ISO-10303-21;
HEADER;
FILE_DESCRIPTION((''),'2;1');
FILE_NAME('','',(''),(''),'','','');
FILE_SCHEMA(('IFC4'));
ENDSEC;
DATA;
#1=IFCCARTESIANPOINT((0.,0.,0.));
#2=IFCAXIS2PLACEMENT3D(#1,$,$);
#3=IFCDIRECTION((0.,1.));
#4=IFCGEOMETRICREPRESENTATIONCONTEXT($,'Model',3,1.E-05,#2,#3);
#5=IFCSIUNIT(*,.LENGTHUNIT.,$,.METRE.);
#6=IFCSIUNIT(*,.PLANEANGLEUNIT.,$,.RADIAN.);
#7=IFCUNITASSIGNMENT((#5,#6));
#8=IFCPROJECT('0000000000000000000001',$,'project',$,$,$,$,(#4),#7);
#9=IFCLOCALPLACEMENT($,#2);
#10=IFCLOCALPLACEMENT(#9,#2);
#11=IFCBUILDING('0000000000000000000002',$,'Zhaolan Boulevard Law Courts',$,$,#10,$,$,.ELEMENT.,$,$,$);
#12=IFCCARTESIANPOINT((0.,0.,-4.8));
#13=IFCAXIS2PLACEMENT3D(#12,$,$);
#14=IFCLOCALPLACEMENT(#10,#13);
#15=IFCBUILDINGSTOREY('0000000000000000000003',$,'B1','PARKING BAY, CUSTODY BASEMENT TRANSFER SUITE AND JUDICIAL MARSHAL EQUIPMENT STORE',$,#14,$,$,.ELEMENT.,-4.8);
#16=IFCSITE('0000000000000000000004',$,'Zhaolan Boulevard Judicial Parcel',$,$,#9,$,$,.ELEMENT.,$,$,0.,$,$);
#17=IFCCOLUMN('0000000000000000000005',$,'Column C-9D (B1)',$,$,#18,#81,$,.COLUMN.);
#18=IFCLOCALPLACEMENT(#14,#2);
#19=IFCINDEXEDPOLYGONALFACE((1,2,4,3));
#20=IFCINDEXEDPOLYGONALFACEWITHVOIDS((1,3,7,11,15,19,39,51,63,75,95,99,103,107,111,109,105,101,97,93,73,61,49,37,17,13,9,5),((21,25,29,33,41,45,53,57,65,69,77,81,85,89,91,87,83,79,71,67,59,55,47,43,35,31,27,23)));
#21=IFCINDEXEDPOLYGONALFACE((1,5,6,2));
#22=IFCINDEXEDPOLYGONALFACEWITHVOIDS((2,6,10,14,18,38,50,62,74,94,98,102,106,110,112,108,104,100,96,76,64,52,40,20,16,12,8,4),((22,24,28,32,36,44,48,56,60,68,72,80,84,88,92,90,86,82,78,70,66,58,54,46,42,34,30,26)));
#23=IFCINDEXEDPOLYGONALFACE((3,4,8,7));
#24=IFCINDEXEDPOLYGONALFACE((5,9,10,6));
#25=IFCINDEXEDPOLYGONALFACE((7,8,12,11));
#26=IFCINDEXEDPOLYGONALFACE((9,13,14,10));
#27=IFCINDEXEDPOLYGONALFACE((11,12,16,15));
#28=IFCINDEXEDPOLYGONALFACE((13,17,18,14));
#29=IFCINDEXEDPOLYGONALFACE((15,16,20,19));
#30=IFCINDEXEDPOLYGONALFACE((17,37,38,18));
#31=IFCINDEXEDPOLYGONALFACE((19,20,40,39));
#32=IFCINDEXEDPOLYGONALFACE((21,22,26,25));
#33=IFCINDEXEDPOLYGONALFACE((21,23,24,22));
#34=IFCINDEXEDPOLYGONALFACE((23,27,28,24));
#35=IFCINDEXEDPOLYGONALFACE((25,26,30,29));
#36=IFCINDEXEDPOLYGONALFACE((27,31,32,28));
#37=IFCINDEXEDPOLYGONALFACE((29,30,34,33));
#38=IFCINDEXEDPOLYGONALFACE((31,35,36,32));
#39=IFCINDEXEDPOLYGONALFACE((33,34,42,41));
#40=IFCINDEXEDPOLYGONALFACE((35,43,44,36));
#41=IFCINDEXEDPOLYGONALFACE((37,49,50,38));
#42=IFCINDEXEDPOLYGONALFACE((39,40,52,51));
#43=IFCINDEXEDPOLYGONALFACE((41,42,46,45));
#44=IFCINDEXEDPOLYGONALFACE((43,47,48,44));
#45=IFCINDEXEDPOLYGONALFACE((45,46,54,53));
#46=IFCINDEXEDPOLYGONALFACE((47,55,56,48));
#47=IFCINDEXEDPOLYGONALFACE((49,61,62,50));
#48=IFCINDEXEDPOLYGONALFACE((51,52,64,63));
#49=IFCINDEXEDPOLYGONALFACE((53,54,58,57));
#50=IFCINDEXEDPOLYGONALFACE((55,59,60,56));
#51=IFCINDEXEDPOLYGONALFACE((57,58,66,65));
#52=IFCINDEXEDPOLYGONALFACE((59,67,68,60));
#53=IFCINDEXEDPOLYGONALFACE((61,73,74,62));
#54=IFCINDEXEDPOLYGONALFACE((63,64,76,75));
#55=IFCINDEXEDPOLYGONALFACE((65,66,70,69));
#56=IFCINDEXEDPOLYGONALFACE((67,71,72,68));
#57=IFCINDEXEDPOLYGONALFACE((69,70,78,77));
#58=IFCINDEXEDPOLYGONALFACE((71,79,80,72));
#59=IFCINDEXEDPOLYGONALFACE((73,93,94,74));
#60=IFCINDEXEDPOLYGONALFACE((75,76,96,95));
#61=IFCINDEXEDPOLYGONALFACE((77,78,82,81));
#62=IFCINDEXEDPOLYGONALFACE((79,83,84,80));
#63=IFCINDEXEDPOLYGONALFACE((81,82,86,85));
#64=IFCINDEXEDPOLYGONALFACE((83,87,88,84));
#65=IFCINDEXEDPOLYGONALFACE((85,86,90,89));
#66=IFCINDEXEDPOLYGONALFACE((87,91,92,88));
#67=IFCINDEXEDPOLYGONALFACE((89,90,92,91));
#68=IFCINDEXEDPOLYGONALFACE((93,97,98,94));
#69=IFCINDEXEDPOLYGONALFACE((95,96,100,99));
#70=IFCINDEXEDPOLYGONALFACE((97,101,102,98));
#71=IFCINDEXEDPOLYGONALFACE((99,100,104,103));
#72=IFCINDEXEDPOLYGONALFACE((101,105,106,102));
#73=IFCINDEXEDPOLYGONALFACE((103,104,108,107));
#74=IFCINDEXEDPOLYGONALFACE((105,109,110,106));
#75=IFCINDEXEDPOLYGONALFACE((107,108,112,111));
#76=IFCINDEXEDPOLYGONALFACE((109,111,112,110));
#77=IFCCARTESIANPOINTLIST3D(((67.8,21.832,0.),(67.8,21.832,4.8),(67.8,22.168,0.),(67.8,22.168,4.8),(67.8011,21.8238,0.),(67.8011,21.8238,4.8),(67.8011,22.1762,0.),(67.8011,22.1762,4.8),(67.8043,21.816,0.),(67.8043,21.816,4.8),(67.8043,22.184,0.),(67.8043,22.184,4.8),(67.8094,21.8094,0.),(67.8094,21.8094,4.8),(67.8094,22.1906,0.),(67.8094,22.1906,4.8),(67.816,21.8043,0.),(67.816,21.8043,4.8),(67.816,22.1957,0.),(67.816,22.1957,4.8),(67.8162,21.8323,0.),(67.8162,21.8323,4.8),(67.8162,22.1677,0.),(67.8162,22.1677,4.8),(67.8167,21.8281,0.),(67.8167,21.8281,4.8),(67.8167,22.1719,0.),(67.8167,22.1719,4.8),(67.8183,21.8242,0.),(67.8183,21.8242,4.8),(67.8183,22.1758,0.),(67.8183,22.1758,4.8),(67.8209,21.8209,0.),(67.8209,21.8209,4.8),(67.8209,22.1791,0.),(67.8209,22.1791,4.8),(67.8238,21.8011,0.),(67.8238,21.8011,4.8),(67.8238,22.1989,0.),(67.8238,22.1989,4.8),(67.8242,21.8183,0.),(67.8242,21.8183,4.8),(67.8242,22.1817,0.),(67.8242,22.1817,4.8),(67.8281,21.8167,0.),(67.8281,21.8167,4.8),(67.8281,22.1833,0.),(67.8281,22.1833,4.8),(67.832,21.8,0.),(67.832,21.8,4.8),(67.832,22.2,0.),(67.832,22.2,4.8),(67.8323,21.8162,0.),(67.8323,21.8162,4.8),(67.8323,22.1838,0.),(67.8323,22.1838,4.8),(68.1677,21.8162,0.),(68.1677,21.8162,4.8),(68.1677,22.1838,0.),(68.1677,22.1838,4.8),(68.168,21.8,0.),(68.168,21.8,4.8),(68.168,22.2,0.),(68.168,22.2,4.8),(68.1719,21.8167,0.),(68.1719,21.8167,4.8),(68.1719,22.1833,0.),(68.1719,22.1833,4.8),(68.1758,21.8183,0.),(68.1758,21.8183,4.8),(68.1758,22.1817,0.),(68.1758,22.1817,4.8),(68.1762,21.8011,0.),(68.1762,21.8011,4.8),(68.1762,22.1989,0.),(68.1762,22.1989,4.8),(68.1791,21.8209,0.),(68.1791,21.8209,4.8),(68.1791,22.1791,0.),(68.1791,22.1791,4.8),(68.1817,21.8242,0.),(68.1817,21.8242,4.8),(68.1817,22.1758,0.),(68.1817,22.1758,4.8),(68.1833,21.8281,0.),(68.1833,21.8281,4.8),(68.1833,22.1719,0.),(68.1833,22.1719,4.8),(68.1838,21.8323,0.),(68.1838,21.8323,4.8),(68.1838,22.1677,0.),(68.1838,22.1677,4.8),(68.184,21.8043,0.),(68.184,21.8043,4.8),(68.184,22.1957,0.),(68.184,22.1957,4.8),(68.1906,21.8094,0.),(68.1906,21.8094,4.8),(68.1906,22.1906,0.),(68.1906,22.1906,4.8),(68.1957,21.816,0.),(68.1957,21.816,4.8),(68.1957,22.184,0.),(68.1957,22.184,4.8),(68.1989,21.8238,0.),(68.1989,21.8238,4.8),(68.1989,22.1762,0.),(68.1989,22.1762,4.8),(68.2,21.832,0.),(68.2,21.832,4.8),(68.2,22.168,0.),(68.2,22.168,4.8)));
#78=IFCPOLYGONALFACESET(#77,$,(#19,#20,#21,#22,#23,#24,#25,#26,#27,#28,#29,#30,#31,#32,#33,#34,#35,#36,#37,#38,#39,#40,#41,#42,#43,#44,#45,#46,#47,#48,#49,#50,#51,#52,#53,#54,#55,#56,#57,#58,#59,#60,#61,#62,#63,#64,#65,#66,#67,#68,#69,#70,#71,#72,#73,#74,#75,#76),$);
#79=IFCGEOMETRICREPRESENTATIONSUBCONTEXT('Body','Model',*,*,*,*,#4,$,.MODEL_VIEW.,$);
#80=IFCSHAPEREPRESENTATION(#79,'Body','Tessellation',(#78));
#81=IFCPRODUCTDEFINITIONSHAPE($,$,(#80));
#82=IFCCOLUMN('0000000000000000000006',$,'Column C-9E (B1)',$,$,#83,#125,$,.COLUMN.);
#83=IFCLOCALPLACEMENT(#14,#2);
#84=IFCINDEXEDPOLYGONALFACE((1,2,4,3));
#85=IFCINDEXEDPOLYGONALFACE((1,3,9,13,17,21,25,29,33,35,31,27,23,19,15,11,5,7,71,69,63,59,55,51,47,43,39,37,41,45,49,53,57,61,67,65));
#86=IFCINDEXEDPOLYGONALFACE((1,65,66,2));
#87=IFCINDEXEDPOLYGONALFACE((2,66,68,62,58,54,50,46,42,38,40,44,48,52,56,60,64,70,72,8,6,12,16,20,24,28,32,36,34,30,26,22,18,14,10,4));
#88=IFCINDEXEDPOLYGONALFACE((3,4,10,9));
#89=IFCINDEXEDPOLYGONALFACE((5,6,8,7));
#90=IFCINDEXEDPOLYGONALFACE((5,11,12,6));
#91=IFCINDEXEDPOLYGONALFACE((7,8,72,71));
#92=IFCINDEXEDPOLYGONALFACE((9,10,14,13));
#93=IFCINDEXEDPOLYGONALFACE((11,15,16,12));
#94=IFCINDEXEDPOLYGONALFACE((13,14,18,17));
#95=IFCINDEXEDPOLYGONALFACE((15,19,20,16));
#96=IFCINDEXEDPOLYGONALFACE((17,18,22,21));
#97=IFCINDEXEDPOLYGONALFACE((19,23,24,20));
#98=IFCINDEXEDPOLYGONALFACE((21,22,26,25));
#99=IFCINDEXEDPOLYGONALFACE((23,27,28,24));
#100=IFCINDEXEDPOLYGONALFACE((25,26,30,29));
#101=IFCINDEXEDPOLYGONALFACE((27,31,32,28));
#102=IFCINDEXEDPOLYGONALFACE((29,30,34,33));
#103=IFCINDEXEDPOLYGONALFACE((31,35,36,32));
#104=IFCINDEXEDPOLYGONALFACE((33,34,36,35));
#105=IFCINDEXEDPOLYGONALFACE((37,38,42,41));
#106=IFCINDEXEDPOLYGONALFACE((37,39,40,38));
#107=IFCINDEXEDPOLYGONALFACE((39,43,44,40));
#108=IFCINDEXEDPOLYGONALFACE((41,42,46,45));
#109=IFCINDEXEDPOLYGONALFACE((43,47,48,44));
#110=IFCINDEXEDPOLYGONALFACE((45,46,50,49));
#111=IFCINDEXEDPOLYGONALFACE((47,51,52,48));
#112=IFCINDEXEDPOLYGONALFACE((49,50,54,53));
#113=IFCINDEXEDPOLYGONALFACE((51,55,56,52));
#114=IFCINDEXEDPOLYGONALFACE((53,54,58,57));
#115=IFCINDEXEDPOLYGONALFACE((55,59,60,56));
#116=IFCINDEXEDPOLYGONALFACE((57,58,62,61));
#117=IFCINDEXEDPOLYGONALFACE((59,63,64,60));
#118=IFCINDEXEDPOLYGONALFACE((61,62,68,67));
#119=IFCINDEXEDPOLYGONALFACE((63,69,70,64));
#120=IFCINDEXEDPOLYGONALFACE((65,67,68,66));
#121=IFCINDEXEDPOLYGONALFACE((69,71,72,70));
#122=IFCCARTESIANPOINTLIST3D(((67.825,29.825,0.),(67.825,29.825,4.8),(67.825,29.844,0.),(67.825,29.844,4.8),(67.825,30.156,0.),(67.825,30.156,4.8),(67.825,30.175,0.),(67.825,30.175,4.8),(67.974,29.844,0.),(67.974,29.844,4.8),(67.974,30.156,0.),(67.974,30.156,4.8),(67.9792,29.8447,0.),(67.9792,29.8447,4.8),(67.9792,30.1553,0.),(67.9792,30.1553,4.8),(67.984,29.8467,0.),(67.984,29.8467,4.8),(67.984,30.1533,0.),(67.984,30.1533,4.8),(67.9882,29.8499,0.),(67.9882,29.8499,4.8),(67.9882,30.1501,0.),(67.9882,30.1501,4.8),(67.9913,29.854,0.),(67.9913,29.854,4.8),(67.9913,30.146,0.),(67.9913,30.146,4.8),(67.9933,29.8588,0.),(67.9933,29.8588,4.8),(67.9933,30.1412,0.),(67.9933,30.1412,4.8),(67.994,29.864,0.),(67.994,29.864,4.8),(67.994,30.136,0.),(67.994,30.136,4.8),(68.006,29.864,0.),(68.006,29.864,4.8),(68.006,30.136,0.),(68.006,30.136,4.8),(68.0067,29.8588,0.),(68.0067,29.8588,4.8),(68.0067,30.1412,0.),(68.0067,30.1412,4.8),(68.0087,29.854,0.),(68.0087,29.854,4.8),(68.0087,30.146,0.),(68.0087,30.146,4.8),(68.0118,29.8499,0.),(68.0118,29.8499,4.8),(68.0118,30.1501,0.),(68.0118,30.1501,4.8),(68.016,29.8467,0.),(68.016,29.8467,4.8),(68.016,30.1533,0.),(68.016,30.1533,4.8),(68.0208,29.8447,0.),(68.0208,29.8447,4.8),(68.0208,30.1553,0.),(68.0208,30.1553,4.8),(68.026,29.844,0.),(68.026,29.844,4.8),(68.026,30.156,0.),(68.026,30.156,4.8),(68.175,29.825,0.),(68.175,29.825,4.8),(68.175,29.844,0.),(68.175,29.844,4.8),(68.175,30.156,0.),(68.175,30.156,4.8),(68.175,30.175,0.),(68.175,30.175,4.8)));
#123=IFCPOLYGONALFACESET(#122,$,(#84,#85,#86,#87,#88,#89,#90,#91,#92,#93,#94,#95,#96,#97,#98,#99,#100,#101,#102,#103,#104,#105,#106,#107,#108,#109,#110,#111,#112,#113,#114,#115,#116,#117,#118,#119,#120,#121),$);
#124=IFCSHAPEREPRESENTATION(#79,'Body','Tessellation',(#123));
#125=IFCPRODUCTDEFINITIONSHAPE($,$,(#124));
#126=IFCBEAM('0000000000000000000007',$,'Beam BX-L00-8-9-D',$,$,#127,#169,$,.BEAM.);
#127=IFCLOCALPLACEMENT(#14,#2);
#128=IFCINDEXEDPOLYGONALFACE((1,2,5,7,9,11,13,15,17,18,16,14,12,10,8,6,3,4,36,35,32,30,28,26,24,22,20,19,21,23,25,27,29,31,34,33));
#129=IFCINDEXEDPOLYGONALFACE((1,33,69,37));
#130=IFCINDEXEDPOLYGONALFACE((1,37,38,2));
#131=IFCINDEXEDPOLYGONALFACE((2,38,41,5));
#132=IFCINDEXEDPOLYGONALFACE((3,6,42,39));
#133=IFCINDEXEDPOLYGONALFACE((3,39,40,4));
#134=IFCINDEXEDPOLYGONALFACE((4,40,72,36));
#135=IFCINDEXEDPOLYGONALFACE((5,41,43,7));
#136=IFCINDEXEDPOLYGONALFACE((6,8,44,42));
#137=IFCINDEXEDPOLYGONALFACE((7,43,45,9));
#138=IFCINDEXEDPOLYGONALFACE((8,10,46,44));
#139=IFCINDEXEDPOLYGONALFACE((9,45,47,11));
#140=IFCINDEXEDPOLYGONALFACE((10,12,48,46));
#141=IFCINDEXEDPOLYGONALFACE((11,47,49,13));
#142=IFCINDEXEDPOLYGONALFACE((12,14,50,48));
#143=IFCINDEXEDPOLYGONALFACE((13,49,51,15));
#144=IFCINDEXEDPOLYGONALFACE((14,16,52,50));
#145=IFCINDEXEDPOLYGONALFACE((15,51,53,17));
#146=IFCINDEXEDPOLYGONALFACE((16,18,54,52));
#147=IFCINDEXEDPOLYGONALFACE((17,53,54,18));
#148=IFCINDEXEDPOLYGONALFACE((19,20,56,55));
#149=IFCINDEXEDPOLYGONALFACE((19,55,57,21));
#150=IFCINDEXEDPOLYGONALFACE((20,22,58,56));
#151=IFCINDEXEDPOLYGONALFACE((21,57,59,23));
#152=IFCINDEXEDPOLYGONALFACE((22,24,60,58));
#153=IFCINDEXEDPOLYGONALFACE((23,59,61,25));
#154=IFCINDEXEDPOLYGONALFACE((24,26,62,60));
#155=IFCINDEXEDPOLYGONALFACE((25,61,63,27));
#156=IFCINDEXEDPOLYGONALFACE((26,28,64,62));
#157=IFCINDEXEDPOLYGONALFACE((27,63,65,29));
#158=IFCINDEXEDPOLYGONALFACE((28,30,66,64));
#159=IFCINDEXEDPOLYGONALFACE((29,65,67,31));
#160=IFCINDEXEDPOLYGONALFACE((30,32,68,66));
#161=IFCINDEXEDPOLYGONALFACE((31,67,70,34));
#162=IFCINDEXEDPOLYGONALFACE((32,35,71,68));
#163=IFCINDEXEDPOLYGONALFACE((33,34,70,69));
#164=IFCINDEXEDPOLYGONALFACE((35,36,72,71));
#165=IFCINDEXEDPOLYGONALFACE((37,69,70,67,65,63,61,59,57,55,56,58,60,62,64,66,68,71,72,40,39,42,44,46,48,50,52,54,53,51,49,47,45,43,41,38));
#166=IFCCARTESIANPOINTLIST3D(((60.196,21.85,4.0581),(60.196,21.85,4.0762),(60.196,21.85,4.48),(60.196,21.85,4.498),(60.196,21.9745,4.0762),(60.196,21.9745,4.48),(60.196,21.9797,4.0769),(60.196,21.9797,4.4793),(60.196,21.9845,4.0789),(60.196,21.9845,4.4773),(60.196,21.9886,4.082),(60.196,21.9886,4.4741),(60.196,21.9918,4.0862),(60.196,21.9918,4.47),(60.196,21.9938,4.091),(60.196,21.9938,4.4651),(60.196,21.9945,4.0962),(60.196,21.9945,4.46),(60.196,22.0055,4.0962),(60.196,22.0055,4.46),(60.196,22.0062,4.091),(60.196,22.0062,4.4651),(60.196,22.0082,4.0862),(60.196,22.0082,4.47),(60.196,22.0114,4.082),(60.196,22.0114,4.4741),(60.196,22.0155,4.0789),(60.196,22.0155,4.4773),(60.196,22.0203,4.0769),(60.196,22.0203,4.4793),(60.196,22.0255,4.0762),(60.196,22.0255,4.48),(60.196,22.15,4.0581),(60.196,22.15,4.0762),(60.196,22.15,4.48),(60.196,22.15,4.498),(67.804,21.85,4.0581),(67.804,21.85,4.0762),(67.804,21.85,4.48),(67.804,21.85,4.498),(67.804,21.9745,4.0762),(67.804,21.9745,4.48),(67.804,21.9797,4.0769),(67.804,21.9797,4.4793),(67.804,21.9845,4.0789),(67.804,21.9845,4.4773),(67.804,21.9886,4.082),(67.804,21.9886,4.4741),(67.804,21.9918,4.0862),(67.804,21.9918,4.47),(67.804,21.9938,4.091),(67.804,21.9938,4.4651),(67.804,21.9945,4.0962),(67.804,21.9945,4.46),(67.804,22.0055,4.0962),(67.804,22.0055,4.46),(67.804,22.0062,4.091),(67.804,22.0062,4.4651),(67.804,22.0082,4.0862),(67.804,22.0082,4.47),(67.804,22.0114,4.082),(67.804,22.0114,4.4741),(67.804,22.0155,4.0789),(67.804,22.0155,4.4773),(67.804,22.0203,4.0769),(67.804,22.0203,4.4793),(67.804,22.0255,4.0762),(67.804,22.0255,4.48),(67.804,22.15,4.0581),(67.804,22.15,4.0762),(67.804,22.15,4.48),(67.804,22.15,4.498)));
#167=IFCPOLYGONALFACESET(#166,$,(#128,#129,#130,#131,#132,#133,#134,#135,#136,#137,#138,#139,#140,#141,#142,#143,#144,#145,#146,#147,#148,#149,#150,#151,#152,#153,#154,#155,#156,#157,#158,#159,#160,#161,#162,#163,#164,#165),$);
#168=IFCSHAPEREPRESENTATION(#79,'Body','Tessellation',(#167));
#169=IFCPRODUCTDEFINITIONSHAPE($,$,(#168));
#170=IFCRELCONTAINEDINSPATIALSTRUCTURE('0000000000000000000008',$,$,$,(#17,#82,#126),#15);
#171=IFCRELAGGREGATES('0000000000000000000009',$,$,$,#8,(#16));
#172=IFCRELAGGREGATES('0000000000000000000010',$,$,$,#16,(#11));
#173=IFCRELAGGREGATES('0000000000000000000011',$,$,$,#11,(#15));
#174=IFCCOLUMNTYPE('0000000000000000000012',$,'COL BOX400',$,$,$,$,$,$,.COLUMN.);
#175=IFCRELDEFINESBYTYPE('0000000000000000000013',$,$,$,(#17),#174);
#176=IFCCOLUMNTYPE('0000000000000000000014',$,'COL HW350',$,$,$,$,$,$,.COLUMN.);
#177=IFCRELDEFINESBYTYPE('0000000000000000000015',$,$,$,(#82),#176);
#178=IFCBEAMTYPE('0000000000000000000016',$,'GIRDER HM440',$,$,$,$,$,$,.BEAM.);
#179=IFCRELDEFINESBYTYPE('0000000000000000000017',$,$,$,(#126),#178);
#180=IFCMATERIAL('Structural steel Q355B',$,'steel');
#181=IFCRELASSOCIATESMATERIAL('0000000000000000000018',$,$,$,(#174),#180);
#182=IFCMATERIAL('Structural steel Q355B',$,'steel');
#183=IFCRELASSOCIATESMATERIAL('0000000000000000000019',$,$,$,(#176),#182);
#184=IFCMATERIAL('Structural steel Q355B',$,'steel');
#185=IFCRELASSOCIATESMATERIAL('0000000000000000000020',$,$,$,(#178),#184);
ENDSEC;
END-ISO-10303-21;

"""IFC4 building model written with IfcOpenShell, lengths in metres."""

from ifc_helpers import new_model, si_unit, direction, frame, origin, origin_2d, place, context, subcontext, project, spatial, hollow_rectangle, i_section, extrude, material, material_profile, profile_set, type_object, element, save


model = new_model("IFC4")

# Units and contexts
model_context = context("Model", 3, precision=1e-05, world=origin(), true_north=direction((0.0, 1.0)))
body_context = subcontext(model_context, "Body", "Model", "MODEL_VIEW")
ifc_project = project(units=[si_unit("LENGTHUNIT", "METRE"), si_unit("PLANEANGLEUNIT", "RADIAN")], contexts=[model_context])

# Site, building, storey
site_placement = place(None, origin())
site = spatial("IfcSite", under=ifc_project, at=site_placement, Name="Zhaolan Boulevard Judicial Parcel", CompositionType="ELEMENT", RefElevation=0.0)
building_placement = place(site_placement, origin())
building = spatial("IfcBuilding", under=site, at=building_placement, Name="Zhaolan Boulevard Law Courts", CompositionType="ELEMENT")
storey_placement = place(building_placement, frame((0.0, 0.0, -4.8)))
storey = spatial("IfcBuildingStorey", under=building, at=storey_placement, Name="B1", Description="PARKING BAY, CUSTODY BASEMENT TRANSFER SUITE AND JUDICIAL MARSHAL EQUIPMENT STORE", CompositionType="ELEMENT", Elevation=-4.8)

# Columns
ifc_material_1 = material(Name="Structural steel Q355B", Category="steel")
ifc_material_profile_1 = material_profile(ifc_material_1, hollow_rectangle(XDim=0.3999, YDim=0.3999, WallThickness=0.0161, InnerFilletRadius=0.0161, OuterFilletRadius=0.032, at=origin_2d()), Name="BOX400x400x16")
ifc_profile_set_1 = profile_set([ifc_material_profile_1], Name="Structural steel Q355B")
column_type_1 = type_object("IfcColumnType", Name="COL BOX400", PredefinedType="COLUMN", material=ifc_profile_set_1)
column_1_placement = place(storey_placement, frame((68.0, 22.0, 0.0), z_axis=(0.0, 0.0, 1.0), x_axis=(1.0, 0.0, 0.0)))
element("IfcColumn", 1, at=column_1_placement, inside=storey, type_object=column_type_1, Name="Column C-9D (B1)", PredefinedType="COLUMN", context=body_context, shape_type="SweptSolid", body=[
    extrude(hollow_rectangle(XDim=0.3999, YDim=0.3999, WallThickness=0.0161, InnerFilletRadius=0.0161, OuterFilletRadius=0.032, at=origin_2d()), origin(), (0.0, 0.0, 1.0), 4.8),
])
ifc_material_2 = material(Name="Structural steel Q355B", Category="steel")
ifc_material_profile_2 = material_profile(ifc_material_2, i_section(OverallWidth=0.3501, OverallDepth=0.3501, WebThickness=0.012, FlangeThickness=0.019, FilletRadius=0.02, at=origin_2d()), Name="HW350x350")
ifc_profile_set_2 = profile_set([ifc_material_profile_2], Name="Structural steel Q355B")
column_type_2 = type_object("IfcColumnType", Name="COL HW350", PredefinedType="COLUMN", material=ifc_profile_set_2)
column_2_placement = place(storey_placement, frame((68.0, 30.0, 0.0), z_axis=(0.0, 0.0, 1.0), x_axis=(1.0, 0.0, 0.0)))
element("IfcColumn", 2, at=column_2_placement, inside=storey, type_object=column_type_2, Name="Column C-9E (B1)", PredefinedType="COLUMN", context=body_context, shape_type="SweptSolid", body=[
    extrude(i_section(OverallWidth=0.3501, OverallDepth=0.3501, WebThickness=0.012, FlangeThickness=0.019, FilletRadius=0.02, at=origin_2d()), origin(), (0.0, 0.0, 1.0), 4.8),
])

# Beam
ifc_material_3 = material(Name="Structural steel Q355B", Category="steel")
ifc_material_profile_3 = material_profile(ifc_material_3, i_section(OverallWidth=0.3, OverallDepth=0.4399, WebThickness=0.011, FlangeThickness=0.0181, FilletRadius=0.02, at=origin_2d()), Name="HM440x300")
ifc_profile_set_3 = profile_set([ifc_material_profile_3], Name="Structural steel Q355B")
beam_type_1 = type_object("IfcBeamType", Name="GIRDER HM440", PredefinedType="BEAM", material=ifc_profile_set_3)
for number, where, z_axis, x_axis, name in (
    (3, (60.196, 22.0, 4.2781), (1.0, 0.0, 0.0), (0.0, 1.0, 0.0), "Beam BX-L00-8-9-D"),
):
    element("IfcBeam", number, at=place(storey_placement, frame(where, z_axis=z_axis, x_axis=x_axis)), inside=storey, type_object=beam_type_1, Name=name, PredefinedType="BEAM", context=body_context, shape_type="SweptSolid", body=[
        extrude(i_section(OverallWidth=0.3, OverallDepth=0.4399, WebThickness=0.011, FlangeThickness=0.0181, FilletRadius=0.02, at=origin_2d()), origin(), (0.0, 0.0, 1.0), 7.6079),
    ])

save(model, "model.ifc")
